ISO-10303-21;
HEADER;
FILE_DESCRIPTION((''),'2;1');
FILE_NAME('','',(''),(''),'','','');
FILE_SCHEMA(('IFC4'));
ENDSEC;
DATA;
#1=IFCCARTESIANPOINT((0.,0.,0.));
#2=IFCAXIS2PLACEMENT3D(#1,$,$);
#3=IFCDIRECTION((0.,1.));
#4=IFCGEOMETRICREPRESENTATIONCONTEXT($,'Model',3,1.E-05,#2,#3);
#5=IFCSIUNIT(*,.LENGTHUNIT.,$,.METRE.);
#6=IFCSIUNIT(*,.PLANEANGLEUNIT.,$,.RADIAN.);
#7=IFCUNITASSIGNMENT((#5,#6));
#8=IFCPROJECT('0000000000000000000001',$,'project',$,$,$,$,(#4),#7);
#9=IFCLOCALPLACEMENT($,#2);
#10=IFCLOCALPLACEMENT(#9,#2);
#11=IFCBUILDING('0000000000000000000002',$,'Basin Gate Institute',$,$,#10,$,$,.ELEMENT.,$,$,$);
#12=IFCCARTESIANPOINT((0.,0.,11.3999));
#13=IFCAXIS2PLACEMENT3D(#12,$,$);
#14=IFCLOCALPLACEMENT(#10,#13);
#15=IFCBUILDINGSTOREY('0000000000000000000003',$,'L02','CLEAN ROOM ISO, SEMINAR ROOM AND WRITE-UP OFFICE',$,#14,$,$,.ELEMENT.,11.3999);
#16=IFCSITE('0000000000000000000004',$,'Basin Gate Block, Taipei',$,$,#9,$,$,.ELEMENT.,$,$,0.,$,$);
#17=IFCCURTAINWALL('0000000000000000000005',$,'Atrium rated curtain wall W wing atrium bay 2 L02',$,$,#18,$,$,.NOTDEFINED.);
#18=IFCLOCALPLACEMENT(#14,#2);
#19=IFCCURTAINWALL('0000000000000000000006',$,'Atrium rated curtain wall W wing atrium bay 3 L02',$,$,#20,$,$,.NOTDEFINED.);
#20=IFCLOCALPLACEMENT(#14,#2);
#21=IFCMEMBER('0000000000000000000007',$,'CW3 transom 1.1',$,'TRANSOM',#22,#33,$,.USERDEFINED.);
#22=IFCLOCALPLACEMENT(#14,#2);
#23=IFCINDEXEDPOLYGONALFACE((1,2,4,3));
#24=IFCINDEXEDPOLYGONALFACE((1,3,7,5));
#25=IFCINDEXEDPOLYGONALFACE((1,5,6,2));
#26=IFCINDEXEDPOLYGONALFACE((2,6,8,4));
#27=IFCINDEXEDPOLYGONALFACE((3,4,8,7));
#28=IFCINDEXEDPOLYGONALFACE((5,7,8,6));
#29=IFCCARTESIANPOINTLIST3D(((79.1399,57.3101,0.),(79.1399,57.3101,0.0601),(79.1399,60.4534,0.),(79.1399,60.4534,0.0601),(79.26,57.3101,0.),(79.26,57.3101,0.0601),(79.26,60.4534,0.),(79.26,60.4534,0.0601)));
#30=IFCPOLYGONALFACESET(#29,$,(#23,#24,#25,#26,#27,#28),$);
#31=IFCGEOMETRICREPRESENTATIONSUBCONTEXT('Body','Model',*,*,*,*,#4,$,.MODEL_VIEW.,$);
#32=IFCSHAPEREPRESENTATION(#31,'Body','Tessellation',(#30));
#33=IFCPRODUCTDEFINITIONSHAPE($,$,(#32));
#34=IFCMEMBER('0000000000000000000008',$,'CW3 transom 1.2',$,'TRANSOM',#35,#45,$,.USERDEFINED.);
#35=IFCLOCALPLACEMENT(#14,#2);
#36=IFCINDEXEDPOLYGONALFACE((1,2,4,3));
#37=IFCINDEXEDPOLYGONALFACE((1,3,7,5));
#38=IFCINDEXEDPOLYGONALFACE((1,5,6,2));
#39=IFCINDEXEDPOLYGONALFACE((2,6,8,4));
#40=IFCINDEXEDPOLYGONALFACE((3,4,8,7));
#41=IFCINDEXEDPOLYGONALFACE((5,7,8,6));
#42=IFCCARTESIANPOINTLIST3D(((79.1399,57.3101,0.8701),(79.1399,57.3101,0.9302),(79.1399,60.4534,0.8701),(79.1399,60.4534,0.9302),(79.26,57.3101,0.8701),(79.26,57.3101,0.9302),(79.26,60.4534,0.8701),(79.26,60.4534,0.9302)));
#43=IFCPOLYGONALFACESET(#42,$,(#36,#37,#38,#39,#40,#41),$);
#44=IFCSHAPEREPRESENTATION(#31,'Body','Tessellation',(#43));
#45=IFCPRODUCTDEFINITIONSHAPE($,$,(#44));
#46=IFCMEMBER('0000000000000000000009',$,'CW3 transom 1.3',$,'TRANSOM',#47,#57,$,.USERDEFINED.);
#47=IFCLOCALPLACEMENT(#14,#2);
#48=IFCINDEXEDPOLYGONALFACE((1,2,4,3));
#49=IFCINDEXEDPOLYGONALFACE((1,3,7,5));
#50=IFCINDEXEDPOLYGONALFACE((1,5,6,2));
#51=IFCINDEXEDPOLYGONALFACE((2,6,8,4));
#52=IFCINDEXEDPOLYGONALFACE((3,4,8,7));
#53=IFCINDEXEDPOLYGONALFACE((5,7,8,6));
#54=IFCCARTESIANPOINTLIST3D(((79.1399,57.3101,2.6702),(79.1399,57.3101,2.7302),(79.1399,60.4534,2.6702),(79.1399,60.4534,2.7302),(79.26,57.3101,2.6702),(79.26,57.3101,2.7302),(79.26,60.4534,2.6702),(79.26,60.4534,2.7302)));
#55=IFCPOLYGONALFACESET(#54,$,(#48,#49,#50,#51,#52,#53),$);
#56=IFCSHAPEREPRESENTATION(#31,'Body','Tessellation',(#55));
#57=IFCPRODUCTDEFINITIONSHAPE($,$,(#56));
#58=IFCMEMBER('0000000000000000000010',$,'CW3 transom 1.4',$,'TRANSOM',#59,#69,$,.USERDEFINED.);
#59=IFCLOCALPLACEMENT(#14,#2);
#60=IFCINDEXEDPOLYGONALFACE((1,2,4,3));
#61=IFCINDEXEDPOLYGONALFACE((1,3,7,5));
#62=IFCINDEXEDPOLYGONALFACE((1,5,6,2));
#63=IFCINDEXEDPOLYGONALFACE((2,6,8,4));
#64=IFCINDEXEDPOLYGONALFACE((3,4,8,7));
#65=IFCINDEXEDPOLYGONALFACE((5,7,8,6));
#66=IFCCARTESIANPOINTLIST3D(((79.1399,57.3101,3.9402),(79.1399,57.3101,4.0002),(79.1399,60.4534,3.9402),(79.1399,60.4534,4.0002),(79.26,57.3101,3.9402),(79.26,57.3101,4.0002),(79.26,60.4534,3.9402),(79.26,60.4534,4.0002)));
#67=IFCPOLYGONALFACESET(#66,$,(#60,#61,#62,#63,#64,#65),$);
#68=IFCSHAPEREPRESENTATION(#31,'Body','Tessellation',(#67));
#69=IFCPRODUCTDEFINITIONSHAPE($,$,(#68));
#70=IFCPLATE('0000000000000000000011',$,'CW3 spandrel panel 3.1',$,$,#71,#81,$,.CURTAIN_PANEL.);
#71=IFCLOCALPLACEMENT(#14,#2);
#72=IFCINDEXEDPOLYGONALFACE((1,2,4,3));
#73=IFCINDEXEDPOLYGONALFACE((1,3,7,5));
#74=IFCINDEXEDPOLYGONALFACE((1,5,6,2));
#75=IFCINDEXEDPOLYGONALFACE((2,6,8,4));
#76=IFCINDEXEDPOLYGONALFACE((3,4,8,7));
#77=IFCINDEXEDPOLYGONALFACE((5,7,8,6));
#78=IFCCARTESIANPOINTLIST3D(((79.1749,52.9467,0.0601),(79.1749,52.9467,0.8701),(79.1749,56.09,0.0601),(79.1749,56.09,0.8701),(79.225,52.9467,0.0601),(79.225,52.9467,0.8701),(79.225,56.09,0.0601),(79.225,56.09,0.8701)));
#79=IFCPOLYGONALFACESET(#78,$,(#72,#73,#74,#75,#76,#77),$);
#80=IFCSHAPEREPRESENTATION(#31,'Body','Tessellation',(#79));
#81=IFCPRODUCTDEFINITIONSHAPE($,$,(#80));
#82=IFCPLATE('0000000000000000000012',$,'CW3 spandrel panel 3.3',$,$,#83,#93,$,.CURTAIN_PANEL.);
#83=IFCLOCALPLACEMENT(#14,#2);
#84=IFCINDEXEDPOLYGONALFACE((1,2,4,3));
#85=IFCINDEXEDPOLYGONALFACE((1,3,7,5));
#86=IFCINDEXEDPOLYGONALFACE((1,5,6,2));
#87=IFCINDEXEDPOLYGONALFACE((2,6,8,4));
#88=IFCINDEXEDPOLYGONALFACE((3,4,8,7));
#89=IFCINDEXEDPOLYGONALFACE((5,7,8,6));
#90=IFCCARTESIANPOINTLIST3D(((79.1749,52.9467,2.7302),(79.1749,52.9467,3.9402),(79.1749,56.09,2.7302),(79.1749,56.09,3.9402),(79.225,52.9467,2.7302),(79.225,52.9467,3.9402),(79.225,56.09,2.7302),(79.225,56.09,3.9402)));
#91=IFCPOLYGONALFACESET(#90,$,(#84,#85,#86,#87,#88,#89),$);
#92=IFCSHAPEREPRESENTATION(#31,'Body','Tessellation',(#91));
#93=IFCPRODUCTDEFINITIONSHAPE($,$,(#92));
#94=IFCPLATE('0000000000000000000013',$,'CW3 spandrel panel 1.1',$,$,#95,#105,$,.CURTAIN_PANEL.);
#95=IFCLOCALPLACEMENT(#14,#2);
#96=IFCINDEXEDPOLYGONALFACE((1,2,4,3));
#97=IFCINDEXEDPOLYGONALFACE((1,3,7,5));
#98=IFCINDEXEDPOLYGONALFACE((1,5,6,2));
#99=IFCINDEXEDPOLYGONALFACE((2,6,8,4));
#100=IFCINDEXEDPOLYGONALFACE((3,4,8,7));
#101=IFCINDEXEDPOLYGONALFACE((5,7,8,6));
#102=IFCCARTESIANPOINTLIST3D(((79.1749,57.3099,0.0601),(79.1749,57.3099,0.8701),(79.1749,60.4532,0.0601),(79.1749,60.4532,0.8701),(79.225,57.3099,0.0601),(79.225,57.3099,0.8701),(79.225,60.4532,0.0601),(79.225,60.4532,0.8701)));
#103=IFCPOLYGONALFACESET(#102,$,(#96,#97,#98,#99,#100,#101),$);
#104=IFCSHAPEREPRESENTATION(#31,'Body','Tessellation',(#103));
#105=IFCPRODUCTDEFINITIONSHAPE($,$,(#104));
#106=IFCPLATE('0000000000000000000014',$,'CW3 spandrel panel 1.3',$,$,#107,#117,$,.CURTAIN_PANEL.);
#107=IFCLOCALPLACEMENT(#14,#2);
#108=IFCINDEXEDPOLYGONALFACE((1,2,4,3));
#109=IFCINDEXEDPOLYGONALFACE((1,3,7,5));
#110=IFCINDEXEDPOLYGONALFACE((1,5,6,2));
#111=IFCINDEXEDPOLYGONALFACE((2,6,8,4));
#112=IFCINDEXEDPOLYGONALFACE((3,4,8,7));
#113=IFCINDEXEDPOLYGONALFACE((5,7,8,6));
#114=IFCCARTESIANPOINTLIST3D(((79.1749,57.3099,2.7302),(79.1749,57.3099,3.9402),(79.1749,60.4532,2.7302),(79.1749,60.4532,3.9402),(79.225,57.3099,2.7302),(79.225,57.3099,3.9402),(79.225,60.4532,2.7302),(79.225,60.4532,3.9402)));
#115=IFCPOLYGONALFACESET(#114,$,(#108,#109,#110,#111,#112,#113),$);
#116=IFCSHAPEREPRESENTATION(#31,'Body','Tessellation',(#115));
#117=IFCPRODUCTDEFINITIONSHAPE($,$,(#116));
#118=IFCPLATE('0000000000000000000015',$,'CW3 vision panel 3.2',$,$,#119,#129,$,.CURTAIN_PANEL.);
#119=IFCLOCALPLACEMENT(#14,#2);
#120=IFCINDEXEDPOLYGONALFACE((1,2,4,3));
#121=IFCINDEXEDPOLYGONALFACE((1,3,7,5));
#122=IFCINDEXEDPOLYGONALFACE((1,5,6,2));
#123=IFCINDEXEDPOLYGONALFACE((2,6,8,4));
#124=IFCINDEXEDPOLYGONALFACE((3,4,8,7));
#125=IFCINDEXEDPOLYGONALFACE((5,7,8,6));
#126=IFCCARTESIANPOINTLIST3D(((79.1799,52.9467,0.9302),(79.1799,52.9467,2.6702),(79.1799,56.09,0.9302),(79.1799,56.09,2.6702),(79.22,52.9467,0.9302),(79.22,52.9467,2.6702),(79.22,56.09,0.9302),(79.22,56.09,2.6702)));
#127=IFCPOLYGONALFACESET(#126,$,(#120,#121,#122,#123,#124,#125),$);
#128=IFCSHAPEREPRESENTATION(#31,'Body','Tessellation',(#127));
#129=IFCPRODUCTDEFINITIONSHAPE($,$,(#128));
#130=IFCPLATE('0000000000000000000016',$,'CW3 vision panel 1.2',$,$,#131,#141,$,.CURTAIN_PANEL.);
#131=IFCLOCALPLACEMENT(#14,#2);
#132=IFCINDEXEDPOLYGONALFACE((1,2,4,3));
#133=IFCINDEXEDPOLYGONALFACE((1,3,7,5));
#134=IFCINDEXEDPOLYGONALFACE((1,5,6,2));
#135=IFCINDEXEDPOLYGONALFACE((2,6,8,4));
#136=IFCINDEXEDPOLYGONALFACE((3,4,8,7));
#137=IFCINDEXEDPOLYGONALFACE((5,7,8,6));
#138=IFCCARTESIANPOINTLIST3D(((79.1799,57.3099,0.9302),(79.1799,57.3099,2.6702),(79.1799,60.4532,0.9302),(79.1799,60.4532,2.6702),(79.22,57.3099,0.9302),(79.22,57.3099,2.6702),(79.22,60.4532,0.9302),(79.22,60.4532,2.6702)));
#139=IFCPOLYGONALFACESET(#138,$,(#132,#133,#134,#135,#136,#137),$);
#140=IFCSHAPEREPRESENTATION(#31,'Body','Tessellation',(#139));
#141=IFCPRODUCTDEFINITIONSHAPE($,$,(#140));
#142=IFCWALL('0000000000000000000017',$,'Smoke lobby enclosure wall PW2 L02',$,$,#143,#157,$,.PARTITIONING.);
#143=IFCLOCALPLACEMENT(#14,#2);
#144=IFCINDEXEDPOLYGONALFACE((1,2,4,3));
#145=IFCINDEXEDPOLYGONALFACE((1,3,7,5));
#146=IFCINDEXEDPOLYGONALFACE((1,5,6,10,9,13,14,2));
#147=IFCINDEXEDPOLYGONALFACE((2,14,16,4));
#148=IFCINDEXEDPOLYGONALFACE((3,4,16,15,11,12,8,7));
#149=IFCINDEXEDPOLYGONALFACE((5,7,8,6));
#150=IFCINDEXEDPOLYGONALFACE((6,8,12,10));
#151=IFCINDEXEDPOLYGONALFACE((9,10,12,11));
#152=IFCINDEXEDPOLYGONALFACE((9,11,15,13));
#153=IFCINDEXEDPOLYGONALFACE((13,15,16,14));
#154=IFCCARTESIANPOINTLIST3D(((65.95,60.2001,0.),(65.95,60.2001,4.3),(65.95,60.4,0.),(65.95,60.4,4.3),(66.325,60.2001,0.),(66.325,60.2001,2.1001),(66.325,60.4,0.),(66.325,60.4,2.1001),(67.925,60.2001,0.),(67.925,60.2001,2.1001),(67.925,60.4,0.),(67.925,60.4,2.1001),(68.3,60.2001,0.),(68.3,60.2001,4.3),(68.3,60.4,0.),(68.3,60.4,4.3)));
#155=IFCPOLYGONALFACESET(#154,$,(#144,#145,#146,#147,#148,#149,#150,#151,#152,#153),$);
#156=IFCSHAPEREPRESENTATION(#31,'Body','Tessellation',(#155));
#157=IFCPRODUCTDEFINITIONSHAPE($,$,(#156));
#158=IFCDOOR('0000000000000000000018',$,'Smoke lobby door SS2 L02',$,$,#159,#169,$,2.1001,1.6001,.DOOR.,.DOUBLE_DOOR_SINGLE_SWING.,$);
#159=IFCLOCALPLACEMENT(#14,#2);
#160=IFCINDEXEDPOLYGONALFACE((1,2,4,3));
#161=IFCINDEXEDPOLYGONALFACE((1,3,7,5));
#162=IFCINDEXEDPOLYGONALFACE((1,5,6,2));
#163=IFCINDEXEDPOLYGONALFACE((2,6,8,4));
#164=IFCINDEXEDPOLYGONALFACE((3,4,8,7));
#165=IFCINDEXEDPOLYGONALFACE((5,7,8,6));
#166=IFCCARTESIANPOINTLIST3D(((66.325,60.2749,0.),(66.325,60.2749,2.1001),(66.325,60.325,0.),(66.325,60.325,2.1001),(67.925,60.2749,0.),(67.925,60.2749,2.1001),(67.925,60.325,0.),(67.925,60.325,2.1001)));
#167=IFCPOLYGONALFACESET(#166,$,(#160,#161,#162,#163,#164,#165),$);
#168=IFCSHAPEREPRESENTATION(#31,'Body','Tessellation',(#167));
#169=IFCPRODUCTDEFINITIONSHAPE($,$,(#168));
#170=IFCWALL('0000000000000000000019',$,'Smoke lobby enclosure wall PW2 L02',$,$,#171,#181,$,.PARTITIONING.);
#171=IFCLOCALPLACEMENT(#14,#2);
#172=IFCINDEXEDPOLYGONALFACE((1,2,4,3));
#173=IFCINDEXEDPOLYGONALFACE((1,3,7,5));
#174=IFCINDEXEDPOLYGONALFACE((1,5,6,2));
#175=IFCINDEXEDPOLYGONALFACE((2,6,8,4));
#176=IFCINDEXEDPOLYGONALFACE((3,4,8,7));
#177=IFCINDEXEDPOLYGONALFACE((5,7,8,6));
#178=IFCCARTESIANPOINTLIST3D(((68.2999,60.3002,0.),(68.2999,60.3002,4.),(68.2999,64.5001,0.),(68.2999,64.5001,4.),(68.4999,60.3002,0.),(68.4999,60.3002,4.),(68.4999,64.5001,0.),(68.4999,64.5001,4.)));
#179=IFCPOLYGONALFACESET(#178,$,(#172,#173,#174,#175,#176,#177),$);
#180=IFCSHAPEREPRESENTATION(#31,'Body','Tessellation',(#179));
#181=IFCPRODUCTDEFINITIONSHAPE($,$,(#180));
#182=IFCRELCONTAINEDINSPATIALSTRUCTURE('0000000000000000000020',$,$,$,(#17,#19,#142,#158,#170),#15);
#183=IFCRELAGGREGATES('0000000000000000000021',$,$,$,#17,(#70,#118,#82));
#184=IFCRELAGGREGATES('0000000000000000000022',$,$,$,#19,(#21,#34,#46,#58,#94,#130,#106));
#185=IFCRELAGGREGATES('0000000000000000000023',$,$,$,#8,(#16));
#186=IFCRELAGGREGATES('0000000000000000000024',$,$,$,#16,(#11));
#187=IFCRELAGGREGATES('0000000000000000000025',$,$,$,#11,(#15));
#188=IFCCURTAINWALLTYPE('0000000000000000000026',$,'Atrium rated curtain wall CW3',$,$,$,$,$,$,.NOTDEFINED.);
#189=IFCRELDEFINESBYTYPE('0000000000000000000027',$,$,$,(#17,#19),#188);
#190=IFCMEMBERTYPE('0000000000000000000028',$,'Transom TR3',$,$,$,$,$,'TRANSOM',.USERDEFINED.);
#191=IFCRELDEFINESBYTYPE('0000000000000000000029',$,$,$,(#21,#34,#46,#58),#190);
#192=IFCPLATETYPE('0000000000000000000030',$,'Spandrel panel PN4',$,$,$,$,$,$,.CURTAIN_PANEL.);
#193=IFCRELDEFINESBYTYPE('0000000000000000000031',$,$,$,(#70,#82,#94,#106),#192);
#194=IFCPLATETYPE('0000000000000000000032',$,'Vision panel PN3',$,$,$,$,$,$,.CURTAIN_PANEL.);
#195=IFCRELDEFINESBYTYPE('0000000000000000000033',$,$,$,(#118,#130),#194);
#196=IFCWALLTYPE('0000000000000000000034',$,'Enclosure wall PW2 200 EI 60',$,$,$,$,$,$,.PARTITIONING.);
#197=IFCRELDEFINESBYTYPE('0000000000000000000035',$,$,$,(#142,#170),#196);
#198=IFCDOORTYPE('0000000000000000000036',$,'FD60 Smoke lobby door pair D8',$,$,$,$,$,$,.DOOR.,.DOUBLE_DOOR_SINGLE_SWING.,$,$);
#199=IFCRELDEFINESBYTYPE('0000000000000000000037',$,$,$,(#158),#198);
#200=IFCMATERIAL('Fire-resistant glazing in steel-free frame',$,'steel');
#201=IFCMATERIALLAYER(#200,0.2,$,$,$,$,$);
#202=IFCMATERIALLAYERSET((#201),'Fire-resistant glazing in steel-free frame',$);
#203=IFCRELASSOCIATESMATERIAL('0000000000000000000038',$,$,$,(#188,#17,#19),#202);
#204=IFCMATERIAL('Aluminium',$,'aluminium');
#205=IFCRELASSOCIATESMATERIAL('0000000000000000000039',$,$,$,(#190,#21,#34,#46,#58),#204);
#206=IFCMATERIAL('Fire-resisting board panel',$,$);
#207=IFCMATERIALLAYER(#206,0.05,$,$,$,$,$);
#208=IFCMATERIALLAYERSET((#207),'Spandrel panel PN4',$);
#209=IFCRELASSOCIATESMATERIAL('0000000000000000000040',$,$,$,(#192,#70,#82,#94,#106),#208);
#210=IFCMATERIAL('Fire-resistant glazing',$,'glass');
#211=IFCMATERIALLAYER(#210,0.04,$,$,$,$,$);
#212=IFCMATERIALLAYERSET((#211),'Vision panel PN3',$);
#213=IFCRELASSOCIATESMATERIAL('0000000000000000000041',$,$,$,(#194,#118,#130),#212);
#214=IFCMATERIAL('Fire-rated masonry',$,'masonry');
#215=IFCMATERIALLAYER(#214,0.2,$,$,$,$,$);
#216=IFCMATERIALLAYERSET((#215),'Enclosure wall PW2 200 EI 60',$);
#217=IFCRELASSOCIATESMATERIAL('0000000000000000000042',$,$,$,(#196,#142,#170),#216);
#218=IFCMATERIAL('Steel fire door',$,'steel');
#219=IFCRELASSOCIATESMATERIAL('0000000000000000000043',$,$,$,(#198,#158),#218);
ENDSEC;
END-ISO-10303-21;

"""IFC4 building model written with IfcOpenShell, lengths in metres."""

from ifc_helpers import new_model, si_unit, direction, frame, frame_2d, origin, origin_2d, place, context, subcontext, project, spatial, rectangle, extrude, material, layer, layer_set, material_profile, profile_set, type_object, element, fill, aggregate, save


model = new_model("IFC4")

# Units and contexts
model_context = context("Model", 3, precision=1e-05, world=origin(), true_north=direction((0.0, 1.0)))
body_context = subcontext(model_context, "Body", "Model", "MODEL_VIEW")
ifc_project = project(units=[si_unit("LENGTHUNIT", "METRE"), si_unit("PLANEANGLEUNIT", "RADIAN")], contexts=[model_context])

# Site, building, storey
site_placement = place(None, origin())
site = spatial("IfcSite", under=ifc_project, at=site_placement, Name="Basin Gate Block, Taipei", CompositionType="ELEMENT", RefElevation=0.0)
building_placement = place(site_placement, origin())
building = spatial("IfcBuilding", under=site, at=building_placement, Name="Basin Gate Institute", CompositionType="ELEMENT")
storey_placement = place(building_placement, frame((0.0, 0.0, 11.3999)))
storey = spatial("IfcBuildingStorey", under=building, at=storey_placement, Name="L02", Description="CLEAN ROOM ISO, SEMINAR ROOM AND WRITE-UP OFFICE", CompositionType="ELEMENT", Elevation=11.3999)

# Curtain walls
ifc_material_1 = material(Name="Fire-resistant glazing in steel-free frame", Category="steel")
ifc_layer_1 = layer(ifc_material_1, 0.2)
ifc_layer_set_1 = layer_set([ifc_layer_1], Name="Fire-resistant glazing in steel-free frame")
curtain_wall_type = type_object("IfcCurtainWallType", Name="Atrium rated curtain wall CW3", PredefinedType="NOTDEFINED", material=ifc_layer_set_1)
curtain_wall_1_placement = place(storey_placement, origin())
curtain_wall_1 = element("IfcCurtainWall", 1, at=curtain_wall_1_placement, inside=storey, type_object=curtain_wall_type, material=ifc_layer_set_1, Name="Atrium rated curtain wall W wing atrium bay 2 L02", PredefinedType="NOTDEFINED")
curtain_wall_2_placement = place(storey_placement, origin())
curtain_wall_2 = element("IfcCurtainWall", 2, at=curtain_wall_2_placement, inside=storey, type_object=curtain_wall_type, material=ifc_layer_set_1, Name="Atrium rated curtain wall W wing atrium bay 3 L02", PredefinedType="NOTDEFINED")

# Members
ifc_material_2 = material(Name="Aluminium", Category="aluminium")
ifc_material_profile_1 = material_profile(ifc_material_2, rectangle(XDim=0.1201, YDim=0.0601, at=origin_2d()), Name="Transom TR3 120 x 60")
ifc_profile_set_1 = profile_set([ifc_material_profile_1], Name="Aluminium")
member_type_1 = type_object("IfcMemberType", Name="Transom TR3", ElementType="TRANSOM", PredefinedType="USERDEFINED", material=ifc_profile_set_1)
member_1_placement = place(storey_placement, frame((79.2, 57.3101, 0.03), z_axis=(0.0, 1.0, 0.0), x_axis=(-1.0, 0.0, 0.0)))
member_1 = element("IfcMember", 3, at=member_1_placement, type_object=member_type_1, material=ifc_profile_set_1, Name="CW3 transom 1.1", ObjectType="TRANSOM", PredefinedType="USERDEFINED", context=body_context, shape_type="SweptSolid", body=[
    extrude(rectangle(XDim=0.1201, YDim=0.0601, at=origin_2d()), origin(), (0.0, 0.0, 1.0), 3.1433),
])
member_2_placement = place(storey_placement, frame((79.2, 57.3101, 0.9001), z_axis=(0.0, 1.0, 0.0), x_axis=(-1.0, 0.0, 0.0)))
member_2 = element("IfcMember", 4, at=member_2_placement, type_object=member_type_1, material=ifc_profile_set_1, Name="CW3 transom 1.2", ObjectType="TRANSOM", PredefinedType="USERDEFINED", context=body_context, shape_type="SweptSolid", body=[
    extrude(rectangle(XDim=0.1201, YDim=0.0601, at=origin_2d()), origin(), (0.0, 0.0, 1.0), 3.1433),
])
member_3_placement = place(storey_placement, frame((79.2, 57.3101, 2.7002), z_axis=(0.0, 1.0, 0.0), x_axis=(-1.0, 0.0, 0.0)))
member_3 = element("IfcMember", 5, at=member_3_placement, type_object=member_type_1, material=ifc_profile_set_1, Name="CW3 transom 1.3", ObjectType="TRANSOM", PredefinedType="USERDEFINED", context=body_context, shape_type="SweptSolid", body=[
    extrude(rectangle(XDim=0.1201, YDim=0.0601, at=origin_2d()), origin(), (0.0, 0.0, 1.0), 3.1433),
])
member_4_placement = place(storey_placement, frame((79.2, 57.3101, 3.9702), z_axis=(0.0, 1.0, 0.0), x_axis=(-1.0, 0.0, 0.0)))
member_4 = element("IfcMember", 6, at=member_4_placement, type_object=member_type_1, material=ifc_profile_set_1, Name="CW3 transom 1.4", ObjectType="TRANSOM", PredefinedType="USERDEFINED", context=body_context, shape_type="SweptSolid", body=[
    extrude(rectangle(XDim=0.1201, YDim=0.0601, at=origin_2d()), origin(), (0.0, 0.0, 1.0), 3.1433),
])

# Plates
ifc_material_3 = material(Name="Fire-resisting board panel")
ifc_layer_2 = layer(ifc_material_3, 0.05)
ifc_layer_set_2 = layer_set([ifc_layer_2], Name="Spandrel panel PN4")
plate_type_1 = type_object("IfcPlateType", Name="Spandrel panel PN4", PredefinedType="CURTAIN_PANEL", material=ifc_layer_set_2)
plate_1_placement = place(storey_placement, frame((79.2, 54.5183, 0.0601), z_axis=(0.0, 0.0, 1.0), x_axis=(0.0, 1.0, 0.0)))
plate_1 = element("IfcPlate", 7, at=plate_1_placement, type_object=plate_type_1, material=ifc_layer_set_2, Name="CW3 spandrel panel 3.1", PredefinedType="CURTAIN_PANEL", context=body_context, shape_type="SweptSolid", body=[
    extrude(rectangle(XDim=3.1433, YDim=0.05, at=origin_2d()), origin(), (0.0, 0.0, 1.0), 0.8101),
])
plate_2_placement = place(storey_placement, frame((79.2, 54.5183, 2.7302), z_axis=(0.0, 0.0, 1.0), x_axis=(0.0, 1.0, 0.0)))
plate_2 = element("IfcPlate", 8, at=plate_2_placement, type_object=plate_type_1, material=ifc_layer_set_2, Name="CW3 spandrel panel 3.3", PredefinedType="CURTAIN_PANEL", context=body_context, shape_type="SweptSolid", body=[
    extrude(rectangle(XDim=3.1433, YDim=0.05, at=origin_2d()), origin(), (0.0, 0.0, 1.0), 1.21),
])
plate_3_placement = place(storey_placement, frame((79.2, 58.8816, 0.0601), z_axis=(0.0, 0.0, 1.0), x_axis=(0.0, 1.0, 0.0)))
plate_3 = element("IfcPlate", 9, at=plate_3_placement, type_object=plate_type_1, material=ifc_layer_set_2, Name="CW3 spandrel panel 1.1", PredefinedType="CURTAIN_PANEL", context=body_context, shape_type="SweptSolid", body=[
    extrude(rectangle(XDim=3.1433, YDim=0.05, at=origin_2d()), origin(), (0.0, 0.0, 1.0), 0.8101),
])
plate_4_placement = place(storey_placement, frame((79.2, 58.8816, 2.7302), z_axis=(0.0, 0.0, 1.0), x_axis=(0.0, 1.0, 0.0)))
plate_4 = element("IfcPlate", 10, at=plate_4_placement, type_object=plate_type_1, material=ifc_layer_set_2, Name="CW3 spandrel panel 1.3", PredefinedType="CURTAIN_PANEL", context=body_context, shape_type="SweptSolid", body=[
    extrude(rectangle(XDim=3.1433, YDim=0.05, at=origin_2d()), origin(), (0.0, 0.0, 1.0), 1.21),
])
ifc_material_4 = material(Name="Fire-resistant glazing", Category="glass")
ifc_layer_3 = layer(ifc_material_4, 0.04)
ifc_layer_set_3 = layer_set([ifc_layer_3], Name="Vision panel PN3")
plate_type_2 = type_object("IfcPlateType", Name="Vision panel PN3", PredefinedType="CURTAIN_PANEL", material=ifc_layer_set_3)
plate_5_placement = place(storey_placement, frame((79.2, 54.5183, 0.9302), z_axis=(0.0, 0.0, 1.0), x_axis=(0.0, 1.0, 0.0)))
plate_5 = element("IfcPlate", 11, at=plate_5_placement, type_object=plate_type_2, material=ifc_layer_set_3, Name="CW3 vision panel 3.2", PredefinedType="CURTAIN_PANEL", context=body_context, shape_type="SweptSolid", body=[
    extrude(rectangle(XDim=3.1433, YDim=0.04, at=origin_2d()), origin(), (0.0, 0.0, 1.0), 1.74),
])
aggregate(curtain_wall_1, [plate_1, plate_5, plate_2])
plate_6_placement = place(storey_placement, frame((79.2, 58.8816, 0.9302), z_axis=(0.0, 0.0, 1.0), x_axis=(0.0, 1.0, 0.0)))
plate_6 = element("IfcPlate", 12, at=plate_6_placement, type_object=plate_type_2, material=ifc_layer_set_3, Name="CW3 vision panel 1.2", PredefinedType="CURTAIN_PANEL", context=body_context, shape_type="SweptSolid", body=[
    extrude(rectangle(XDim=3.1433, YDim=0.04, at=origin_2d()), origin(), (0.0, 0.0, 1.0), 1.74),
])
aggregate(curtain_wall_2, [member_1, member_2, member_3, member_4, plate_3, plate_6, plate_4])

# Wall, opening, door
ifc_material_5 = material(Name="Fire-rated masonry", Category="masonry")
ifc_layer_4 = layer(ifc_material_5, 0.2)
ifc_layer_set_4 = layer_set([ifc_layer_4], Name="Enclosure wall PW2 200 EI 60")
wall_type_1 = type_object("IfcWallType", Name="Enclosure wall PW2 200 EI 60", PredefinedType="PARTITIONING", material=ifc_layer_set_4)
wall_1_placement = place(storey_placement, frame((65.95, 60.3, 0.0), z_axis=(0.0, 0.0, 1.0), x_axis=(1.0, 0.0, 0.0)))
wall_1 = element("IfcWall", 13, at=wall_1_placement, inside=storey, type_object=wall_type_1, material=ifc_layer_set_4, Name="Smoke lobby enclosure wall PW2 L02", PredefinedType="PARTITIONING", context=body_context, shape_type="SweptSolid", body=[
    extrude(rectangle(XDim=2.3501, YDim=0.2, at=frame_2d((1.175, 0.0))), origin(), (0.0, 0.0, 1.0), 4.3),
])
opening_1_placement = place(wall_1_placement, frame((0.375, 0.0, 0.0)))
opening_1 = element("IfcOpeningElement", 14, at=opening_1_placement, cuts=wall_1, PredefinedType="OPENING", context=body_context, shape_type="SweptSolid", body=[
    extrude(rectangle(XDim=1.6001, YDim=2.1001, at=frame_2d((0.8, 1.05))), frame((0.0, 0.1099, 0.0), z_axis=(0.0, -1.0, 0.0), x_axis=(1.0, 0.0, 0.0)), (0.0, 0.0, 1.0), 0.22),
])
ifc_material_6 = material(Name="Steel fire door", Category="steel")
door_type_1 = type_object("IfcDoorType", Name="FD60 Smoke lobby door pair D8", OperationType="DOUBLE_DOOR_SINGLE_SWING", PredefinedType="DOOR", material=ifc_material_6)
door_1_placement = place(opening_1_placement, origin())
door_1 = element("IfcDoor", 15, at=door_1_placement, inside=storey, type_object=door_type_1, material=ifc_material_6, Name="Smoke lobby door SS2 L02", OperationType="DOUBLE_DOOR_SINGLE_SWING", OverallHeight=2.1001, OverallWidth=1.6001, PredefinedType="DOOR", context=body_context, shape_type="SweptSolid", body=[
    extrude(rectangle(XDim=1.6001, YDim=2.1001, at=frame_2d((0.8, 1.05))), frame((0.0, 0.0249, 0.0), z_axis=(0.0, -1.0, 0.0), x_axis=(1.0, 0.0, 0.0)), (0.0, 0.0, 1.0), 0.05),
])
fill(opening_1, door_1)

# Wall
wall_2_placement = place(storey_placement, frame((68.3999, 60.3, 0.0), z_axis=(0.0, 0.0, 1.0), x_axis=(0.0, 1.0, 0.0)))
element("IfcWall", 16, at=wall_2_placement, inside=storey, type_object=wall_type_1, material=ifc_layer_set_4, Name="Smoke lobby enclosure wall PW2 L02", PredefinedType="PARTITIONING", context=body_context, shape_type="SweptSolid", body=[
    extrude(rectangle(XDim=4.2, YDim=0.2, at=frame_2d((2.1001, 0.0))), origin(), (0.0, 0.0, 1.0), 4.0),
])

save(model, "model.ifc")
